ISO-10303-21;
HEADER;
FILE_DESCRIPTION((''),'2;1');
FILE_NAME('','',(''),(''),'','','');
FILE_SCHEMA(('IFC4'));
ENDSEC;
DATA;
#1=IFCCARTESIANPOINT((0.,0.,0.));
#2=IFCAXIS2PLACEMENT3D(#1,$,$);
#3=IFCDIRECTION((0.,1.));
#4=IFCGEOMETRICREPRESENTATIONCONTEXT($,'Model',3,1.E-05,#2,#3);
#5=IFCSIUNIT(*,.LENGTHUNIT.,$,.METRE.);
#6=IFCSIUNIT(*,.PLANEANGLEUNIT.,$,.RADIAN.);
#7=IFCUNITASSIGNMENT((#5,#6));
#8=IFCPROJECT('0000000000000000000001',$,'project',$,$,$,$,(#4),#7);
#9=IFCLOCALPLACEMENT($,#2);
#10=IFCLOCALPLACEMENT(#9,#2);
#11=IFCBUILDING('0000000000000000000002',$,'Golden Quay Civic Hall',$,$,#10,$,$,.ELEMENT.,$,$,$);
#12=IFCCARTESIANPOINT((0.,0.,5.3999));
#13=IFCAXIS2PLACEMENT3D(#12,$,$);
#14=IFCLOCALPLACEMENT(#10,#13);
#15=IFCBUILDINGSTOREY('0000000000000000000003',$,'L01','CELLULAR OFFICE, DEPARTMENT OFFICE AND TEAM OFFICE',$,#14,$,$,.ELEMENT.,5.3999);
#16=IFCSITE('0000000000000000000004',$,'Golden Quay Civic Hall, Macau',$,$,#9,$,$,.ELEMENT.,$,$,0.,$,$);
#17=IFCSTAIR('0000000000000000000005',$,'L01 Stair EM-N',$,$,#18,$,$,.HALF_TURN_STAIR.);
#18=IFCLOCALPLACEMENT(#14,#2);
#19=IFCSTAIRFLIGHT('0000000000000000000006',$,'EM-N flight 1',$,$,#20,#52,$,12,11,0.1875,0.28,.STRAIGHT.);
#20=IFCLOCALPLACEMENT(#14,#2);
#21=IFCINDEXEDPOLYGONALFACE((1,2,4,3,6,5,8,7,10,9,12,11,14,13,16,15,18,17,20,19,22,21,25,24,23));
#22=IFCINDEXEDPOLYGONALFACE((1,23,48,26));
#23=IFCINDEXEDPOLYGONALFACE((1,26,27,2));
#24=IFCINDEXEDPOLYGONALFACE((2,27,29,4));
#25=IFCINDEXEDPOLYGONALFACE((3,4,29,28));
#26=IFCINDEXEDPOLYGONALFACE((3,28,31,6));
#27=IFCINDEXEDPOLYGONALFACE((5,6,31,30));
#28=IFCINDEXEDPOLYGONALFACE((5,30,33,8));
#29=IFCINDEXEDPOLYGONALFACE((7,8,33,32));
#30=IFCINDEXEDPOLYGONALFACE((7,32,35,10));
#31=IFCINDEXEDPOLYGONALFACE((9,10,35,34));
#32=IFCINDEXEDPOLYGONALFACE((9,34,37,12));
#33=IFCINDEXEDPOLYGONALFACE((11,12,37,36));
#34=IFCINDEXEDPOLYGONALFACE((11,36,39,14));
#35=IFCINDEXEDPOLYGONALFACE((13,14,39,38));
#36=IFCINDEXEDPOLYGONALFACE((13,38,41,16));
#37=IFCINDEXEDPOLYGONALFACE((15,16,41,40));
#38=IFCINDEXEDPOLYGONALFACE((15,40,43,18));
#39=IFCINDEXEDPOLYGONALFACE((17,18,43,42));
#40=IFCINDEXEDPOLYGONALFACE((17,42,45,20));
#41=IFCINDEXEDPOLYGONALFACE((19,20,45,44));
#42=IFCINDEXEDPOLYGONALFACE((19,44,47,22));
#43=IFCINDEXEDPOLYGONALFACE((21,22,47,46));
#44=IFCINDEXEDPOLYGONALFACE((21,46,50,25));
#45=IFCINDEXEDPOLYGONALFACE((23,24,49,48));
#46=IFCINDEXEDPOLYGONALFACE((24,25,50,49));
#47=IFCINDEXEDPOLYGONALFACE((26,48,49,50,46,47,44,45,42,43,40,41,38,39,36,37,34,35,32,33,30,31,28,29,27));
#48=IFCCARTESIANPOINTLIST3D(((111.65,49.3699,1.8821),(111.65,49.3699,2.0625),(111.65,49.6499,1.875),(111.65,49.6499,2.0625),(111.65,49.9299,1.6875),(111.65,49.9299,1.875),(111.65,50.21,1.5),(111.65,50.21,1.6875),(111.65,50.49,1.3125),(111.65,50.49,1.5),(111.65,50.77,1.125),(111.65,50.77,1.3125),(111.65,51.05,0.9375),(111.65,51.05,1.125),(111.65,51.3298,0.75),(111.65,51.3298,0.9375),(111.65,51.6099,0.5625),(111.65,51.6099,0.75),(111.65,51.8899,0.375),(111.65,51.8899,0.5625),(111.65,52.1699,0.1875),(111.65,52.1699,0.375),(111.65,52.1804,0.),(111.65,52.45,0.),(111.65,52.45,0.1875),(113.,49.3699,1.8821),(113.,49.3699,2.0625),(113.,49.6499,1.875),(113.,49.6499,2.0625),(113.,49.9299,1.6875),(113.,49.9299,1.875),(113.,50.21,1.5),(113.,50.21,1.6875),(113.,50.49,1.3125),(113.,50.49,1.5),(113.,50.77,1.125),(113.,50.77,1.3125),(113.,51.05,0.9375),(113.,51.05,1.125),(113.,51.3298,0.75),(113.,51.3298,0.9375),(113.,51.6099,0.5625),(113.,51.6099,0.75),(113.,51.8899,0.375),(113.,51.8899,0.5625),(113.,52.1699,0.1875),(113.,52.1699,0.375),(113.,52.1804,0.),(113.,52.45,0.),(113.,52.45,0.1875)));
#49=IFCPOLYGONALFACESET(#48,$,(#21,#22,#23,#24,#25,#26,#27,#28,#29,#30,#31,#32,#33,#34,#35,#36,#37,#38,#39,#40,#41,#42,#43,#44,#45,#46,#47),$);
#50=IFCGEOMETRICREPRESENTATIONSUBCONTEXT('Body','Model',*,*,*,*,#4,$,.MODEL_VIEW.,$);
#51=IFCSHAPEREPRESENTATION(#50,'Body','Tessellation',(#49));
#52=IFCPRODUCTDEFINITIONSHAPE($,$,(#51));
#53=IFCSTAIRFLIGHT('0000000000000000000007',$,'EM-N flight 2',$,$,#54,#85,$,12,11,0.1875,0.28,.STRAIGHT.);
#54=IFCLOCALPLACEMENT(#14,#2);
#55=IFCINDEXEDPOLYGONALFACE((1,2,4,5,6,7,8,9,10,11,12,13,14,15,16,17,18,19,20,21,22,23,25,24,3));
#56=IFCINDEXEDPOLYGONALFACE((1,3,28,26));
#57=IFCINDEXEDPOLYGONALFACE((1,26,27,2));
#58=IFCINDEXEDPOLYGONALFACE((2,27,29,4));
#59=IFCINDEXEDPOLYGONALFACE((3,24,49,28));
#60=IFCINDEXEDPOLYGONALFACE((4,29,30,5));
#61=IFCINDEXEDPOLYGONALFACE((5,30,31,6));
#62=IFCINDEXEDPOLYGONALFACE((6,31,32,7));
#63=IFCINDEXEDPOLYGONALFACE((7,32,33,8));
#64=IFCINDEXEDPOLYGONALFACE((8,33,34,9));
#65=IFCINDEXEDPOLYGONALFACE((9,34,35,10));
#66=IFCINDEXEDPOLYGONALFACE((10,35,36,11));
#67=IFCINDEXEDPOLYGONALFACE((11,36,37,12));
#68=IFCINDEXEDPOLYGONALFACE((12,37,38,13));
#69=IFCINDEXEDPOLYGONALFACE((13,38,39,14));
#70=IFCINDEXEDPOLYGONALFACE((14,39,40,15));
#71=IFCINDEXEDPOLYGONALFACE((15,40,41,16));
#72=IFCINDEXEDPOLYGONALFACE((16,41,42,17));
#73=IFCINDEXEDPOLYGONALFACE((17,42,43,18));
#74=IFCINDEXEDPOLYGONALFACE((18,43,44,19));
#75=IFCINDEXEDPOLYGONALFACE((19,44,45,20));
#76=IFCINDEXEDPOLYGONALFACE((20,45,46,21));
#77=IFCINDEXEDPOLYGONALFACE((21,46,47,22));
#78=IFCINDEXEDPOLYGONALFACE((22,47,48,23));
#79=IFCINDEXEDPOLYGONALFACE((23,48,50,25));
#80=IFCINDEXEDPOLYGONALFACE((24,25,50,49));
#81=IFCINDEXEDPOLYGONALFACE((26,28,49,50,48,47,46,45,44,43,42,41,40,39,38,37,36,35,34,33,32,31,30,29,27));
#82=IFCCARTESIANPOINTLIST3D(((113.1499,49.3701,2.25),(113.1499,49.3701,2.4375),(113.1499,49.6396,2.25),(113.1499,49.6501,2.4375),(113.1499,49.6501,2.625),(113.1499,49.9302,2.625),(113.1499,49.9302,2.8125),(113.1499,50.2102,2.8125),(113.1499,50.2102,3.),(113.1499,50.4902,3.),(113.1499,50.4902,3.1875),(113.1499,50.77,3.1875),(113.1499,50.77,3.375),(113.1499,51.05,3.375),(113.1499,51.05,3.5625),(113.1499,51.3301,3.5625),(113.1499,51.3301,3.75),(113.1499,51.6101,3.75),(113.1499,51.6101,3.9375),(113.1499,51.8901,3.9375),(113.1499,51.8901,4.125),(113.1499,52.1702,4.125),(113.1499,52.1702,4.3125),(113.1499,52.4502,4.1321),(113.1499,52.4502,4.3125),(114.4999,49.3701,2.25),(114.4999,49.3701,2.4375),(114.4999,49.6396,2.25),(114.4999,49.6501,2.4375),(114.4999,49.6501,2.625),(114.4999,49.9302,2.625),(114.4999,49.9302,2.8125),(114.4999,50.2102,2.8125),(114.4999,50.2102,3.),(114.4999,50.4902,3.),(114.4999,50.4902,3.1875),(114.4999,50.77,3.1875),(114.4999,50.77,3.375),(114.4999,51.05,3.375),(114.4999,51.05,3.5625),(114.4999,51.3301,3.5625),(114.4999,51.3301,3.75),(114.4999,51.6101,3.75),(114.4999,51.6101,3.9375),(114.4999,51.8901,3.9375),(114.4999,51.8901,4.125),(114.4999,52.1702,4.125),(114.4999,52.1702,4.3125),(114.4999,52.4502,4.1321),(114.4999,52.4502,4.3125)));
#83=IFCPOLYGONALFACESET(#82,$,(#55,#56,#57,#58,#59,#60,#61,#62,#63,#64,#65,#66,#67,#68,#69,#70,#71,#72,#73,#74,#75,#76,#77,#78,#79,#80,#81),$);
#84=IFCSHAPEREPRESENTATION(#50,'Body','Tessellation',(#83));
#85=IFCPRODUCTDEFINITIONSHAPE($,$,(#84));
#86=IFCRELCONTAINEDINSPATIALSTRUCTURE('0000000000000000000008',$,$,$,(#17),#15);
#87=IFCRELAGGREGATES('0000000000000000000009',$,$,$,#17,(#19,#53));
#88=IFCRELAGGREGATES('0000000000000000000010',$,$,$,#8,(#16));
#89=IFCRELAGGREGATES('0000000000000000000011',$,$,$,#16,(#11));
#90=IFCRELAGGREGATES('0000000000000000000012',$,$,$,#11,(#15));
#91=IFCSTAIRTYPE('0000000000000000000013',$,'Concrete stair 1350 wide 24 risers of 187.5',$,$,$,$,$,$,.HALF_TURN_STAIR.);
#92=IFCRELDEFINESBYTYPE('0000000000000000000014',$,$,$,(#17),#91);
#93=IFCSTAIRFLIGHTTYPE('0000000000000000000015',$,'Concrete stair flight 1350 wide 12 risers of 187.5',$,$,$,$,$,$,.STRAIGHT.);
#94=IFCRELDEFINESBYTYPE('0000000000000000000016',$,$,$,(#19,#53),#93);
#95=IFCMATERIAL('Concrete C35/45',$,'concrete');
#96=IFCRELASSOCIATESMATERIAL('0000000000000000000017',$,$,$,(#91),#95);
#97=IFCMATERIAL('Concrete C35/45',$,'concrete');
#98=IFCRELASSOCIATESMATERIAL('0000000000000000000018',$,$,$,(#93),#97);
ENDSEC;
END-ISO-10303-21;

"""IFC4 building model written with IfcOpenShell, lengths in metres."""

from ifc_helpers import new_model, si_unit, direction, frame, origin, place, context, subcontext, project, spatial, polyline, outline, extrude, material, type_object, element, aggregate, save


model = new_model("IFC4")

# Units and contexts
model_context = context("Model", 3, precision=1e-05, world=origin(), true_north=direction((0.0, 1.0)))
body_context = subcontext(model_context, "Body", "Model", "MODEL_VIEW")
ifc_project = project(units=[si_unit("LENGTHUNIT", "METRE"), si_unit("PLANEANGLEUNIT", "RADIAN")], contexts=[model_context])

# Site, building, storey
site_placement = place(None, origin())
site = spatial("IfcSite", under=ifc_project, at=site_placement, Name="Golden Quay Civic Hall, Macau", CompositionType="ELEMENT", RefElevation=0.0)
building_placement = place(site_placement, origin())
building = spatial("IfcBuilding", under=site, at=building_placement, Name="Golden Quay Civic Hall", CompositionType="ELEMENT")
storey_placement = place(building_placement, frame((0.0, 0.0, 5.3999)))
storey = spatial("IfcBuildingStorey", under=building, at=storey_placement, Name="L01", Description="CELLULAR OFFICE, DEPARTMENT OFFICE AND TEAM OFFICE", CompositionType="ELEMENT", Elevation=5.3999)

# Stair, stair flights
ifc_material_1 = material(Name="Concrete C35/45", Category="concrete")
stair_type = type_object("IfcStairType", Name="Concrete stair 1350 wide 24 risers of 187.5", PredefinedType="HALF_TURN_STAIR", material=ifc_material_1)
stair_placement = place(storey_placement, origin())
stair = element("IfcStair", 1, at=stair_placement, inside=storey, type_object=stair_type, Name="L01 Stair EM-N", PredefinedType="HALF_TURN_STAIR")
ifc_material_2 = material(Name="Concrete C35/45", Category="concrete")
stair_flight_type = type_object("IfcStairFlightType", Name="Concrete stair flight 1350 wide 12 risers of 187.5", PredefinedType="STRAIGHT", material=ifc_material_2)
stair_flight_1_placement = place(storey_placement, frame((112.325, 52.45, 0.0), z_axis=(0.0, 0.0, 1.0), x_axis=(0.0, -1.0, 0.0)))
stair_flight_1 = element("IfcStairFlight", 2, at=stair_flight_1_placement, type_object=stair_flight_type, Name="EM-N flight 1", NumberOfRisers=12, NumberOfTreads=11, PredefinedType="STRAIGHT", RiserHeight=0.1875, TreadLength=0.28, context=body_context, shape_type="SweptSolid", body=[
    extrude(outline(polyline([(0.0, 0.0), (0.0, 0.1875), (0.28, 0.1875), (0.28, 0.375), (0.5601, 0.375), (0.5601, 0.5625), (0.8401, 0.5625), (0.8401, 0.75), (1.1201, 0.75), (1.1201, 0.9375), (1.3999, 0.9375), (1.3999, 1.125), (1.6799, 1.125), (1.6799, 1.3125), (1.96, 1.3125), (1.96, 1.5), (2.24, 1.5), (2.24, 1.6875), (2.52, 1.6875), (2.52, 1.875), (2.8, 1.875), (2.8, 2.0625), (3.0801, 2.0625), (3.0801, 2.25), (3.0801, 1.8821), (0.2695, 0.0), (0.0, 0.0)])), frame((0.0, 0.675, 0.0), z_axis=(0.0, -1.0, 0.0), x_axis=(1.0, 0.0, 0.0)), (0.0, 0.0, 1.0), 1.35),
])
stair_flight_2_placement = place(storey_placement, frame((113.825, 49.3701, 2.25), z_axis=(0.0, 0.0, 1.0), x_axis=(0.0, 1.0, 0.0)))
stair_flight_2 = element("IfcStairFlight", 3, at=stair_flight_2_placement, type_object=stair_flight_type, Name="EM-N flight 2", NumberOfRisers=12, NumberOfTreads=11, PredefinedType="STRAIGHT", RiserHeight=0.1875, TreadLength=0.28, context=body_context, shape_type="SweptSolid", body=[
    extrude(outline(polyline([(0.0, 0.0), (0.0, 0.1875), (0.28, 0.1875), (0.28, 0.375), (0.5601, 0.375), (0.5601, 0.5625), (0.8401, 0.5625), (0.8401, 0.75), (1.1201, 0.75), (1.1201, 0.9375), (1.3999, 0.9375), (1.3999, 1.125), (1.6799, 1.125), (1.6799, 1.3125), (1.96, 1.3125), (1.96, 1.5), (2.24, 1.5), (2.24, 1.6875), (2.52, 1.6875), (2.52, 1.875), (2.8, 1.875), (2.8, 2.0625), (3.0801, 2.0625), (3.0801, 2.25), (3.0801, 1.8821), (0.2695, 0.0), (0.0, 0.0)])), frame((0.0, 0.675, 0.0), z_axis=(0.0, -1.0, 0.0), x_axis=(1.0, 0.0, 0.0)), (0.0, 0.0, 1.0), 1.35),
])
aggregate(stair, [stair_flight_1, stair_flight_2])

save(model, "model.ifc")
